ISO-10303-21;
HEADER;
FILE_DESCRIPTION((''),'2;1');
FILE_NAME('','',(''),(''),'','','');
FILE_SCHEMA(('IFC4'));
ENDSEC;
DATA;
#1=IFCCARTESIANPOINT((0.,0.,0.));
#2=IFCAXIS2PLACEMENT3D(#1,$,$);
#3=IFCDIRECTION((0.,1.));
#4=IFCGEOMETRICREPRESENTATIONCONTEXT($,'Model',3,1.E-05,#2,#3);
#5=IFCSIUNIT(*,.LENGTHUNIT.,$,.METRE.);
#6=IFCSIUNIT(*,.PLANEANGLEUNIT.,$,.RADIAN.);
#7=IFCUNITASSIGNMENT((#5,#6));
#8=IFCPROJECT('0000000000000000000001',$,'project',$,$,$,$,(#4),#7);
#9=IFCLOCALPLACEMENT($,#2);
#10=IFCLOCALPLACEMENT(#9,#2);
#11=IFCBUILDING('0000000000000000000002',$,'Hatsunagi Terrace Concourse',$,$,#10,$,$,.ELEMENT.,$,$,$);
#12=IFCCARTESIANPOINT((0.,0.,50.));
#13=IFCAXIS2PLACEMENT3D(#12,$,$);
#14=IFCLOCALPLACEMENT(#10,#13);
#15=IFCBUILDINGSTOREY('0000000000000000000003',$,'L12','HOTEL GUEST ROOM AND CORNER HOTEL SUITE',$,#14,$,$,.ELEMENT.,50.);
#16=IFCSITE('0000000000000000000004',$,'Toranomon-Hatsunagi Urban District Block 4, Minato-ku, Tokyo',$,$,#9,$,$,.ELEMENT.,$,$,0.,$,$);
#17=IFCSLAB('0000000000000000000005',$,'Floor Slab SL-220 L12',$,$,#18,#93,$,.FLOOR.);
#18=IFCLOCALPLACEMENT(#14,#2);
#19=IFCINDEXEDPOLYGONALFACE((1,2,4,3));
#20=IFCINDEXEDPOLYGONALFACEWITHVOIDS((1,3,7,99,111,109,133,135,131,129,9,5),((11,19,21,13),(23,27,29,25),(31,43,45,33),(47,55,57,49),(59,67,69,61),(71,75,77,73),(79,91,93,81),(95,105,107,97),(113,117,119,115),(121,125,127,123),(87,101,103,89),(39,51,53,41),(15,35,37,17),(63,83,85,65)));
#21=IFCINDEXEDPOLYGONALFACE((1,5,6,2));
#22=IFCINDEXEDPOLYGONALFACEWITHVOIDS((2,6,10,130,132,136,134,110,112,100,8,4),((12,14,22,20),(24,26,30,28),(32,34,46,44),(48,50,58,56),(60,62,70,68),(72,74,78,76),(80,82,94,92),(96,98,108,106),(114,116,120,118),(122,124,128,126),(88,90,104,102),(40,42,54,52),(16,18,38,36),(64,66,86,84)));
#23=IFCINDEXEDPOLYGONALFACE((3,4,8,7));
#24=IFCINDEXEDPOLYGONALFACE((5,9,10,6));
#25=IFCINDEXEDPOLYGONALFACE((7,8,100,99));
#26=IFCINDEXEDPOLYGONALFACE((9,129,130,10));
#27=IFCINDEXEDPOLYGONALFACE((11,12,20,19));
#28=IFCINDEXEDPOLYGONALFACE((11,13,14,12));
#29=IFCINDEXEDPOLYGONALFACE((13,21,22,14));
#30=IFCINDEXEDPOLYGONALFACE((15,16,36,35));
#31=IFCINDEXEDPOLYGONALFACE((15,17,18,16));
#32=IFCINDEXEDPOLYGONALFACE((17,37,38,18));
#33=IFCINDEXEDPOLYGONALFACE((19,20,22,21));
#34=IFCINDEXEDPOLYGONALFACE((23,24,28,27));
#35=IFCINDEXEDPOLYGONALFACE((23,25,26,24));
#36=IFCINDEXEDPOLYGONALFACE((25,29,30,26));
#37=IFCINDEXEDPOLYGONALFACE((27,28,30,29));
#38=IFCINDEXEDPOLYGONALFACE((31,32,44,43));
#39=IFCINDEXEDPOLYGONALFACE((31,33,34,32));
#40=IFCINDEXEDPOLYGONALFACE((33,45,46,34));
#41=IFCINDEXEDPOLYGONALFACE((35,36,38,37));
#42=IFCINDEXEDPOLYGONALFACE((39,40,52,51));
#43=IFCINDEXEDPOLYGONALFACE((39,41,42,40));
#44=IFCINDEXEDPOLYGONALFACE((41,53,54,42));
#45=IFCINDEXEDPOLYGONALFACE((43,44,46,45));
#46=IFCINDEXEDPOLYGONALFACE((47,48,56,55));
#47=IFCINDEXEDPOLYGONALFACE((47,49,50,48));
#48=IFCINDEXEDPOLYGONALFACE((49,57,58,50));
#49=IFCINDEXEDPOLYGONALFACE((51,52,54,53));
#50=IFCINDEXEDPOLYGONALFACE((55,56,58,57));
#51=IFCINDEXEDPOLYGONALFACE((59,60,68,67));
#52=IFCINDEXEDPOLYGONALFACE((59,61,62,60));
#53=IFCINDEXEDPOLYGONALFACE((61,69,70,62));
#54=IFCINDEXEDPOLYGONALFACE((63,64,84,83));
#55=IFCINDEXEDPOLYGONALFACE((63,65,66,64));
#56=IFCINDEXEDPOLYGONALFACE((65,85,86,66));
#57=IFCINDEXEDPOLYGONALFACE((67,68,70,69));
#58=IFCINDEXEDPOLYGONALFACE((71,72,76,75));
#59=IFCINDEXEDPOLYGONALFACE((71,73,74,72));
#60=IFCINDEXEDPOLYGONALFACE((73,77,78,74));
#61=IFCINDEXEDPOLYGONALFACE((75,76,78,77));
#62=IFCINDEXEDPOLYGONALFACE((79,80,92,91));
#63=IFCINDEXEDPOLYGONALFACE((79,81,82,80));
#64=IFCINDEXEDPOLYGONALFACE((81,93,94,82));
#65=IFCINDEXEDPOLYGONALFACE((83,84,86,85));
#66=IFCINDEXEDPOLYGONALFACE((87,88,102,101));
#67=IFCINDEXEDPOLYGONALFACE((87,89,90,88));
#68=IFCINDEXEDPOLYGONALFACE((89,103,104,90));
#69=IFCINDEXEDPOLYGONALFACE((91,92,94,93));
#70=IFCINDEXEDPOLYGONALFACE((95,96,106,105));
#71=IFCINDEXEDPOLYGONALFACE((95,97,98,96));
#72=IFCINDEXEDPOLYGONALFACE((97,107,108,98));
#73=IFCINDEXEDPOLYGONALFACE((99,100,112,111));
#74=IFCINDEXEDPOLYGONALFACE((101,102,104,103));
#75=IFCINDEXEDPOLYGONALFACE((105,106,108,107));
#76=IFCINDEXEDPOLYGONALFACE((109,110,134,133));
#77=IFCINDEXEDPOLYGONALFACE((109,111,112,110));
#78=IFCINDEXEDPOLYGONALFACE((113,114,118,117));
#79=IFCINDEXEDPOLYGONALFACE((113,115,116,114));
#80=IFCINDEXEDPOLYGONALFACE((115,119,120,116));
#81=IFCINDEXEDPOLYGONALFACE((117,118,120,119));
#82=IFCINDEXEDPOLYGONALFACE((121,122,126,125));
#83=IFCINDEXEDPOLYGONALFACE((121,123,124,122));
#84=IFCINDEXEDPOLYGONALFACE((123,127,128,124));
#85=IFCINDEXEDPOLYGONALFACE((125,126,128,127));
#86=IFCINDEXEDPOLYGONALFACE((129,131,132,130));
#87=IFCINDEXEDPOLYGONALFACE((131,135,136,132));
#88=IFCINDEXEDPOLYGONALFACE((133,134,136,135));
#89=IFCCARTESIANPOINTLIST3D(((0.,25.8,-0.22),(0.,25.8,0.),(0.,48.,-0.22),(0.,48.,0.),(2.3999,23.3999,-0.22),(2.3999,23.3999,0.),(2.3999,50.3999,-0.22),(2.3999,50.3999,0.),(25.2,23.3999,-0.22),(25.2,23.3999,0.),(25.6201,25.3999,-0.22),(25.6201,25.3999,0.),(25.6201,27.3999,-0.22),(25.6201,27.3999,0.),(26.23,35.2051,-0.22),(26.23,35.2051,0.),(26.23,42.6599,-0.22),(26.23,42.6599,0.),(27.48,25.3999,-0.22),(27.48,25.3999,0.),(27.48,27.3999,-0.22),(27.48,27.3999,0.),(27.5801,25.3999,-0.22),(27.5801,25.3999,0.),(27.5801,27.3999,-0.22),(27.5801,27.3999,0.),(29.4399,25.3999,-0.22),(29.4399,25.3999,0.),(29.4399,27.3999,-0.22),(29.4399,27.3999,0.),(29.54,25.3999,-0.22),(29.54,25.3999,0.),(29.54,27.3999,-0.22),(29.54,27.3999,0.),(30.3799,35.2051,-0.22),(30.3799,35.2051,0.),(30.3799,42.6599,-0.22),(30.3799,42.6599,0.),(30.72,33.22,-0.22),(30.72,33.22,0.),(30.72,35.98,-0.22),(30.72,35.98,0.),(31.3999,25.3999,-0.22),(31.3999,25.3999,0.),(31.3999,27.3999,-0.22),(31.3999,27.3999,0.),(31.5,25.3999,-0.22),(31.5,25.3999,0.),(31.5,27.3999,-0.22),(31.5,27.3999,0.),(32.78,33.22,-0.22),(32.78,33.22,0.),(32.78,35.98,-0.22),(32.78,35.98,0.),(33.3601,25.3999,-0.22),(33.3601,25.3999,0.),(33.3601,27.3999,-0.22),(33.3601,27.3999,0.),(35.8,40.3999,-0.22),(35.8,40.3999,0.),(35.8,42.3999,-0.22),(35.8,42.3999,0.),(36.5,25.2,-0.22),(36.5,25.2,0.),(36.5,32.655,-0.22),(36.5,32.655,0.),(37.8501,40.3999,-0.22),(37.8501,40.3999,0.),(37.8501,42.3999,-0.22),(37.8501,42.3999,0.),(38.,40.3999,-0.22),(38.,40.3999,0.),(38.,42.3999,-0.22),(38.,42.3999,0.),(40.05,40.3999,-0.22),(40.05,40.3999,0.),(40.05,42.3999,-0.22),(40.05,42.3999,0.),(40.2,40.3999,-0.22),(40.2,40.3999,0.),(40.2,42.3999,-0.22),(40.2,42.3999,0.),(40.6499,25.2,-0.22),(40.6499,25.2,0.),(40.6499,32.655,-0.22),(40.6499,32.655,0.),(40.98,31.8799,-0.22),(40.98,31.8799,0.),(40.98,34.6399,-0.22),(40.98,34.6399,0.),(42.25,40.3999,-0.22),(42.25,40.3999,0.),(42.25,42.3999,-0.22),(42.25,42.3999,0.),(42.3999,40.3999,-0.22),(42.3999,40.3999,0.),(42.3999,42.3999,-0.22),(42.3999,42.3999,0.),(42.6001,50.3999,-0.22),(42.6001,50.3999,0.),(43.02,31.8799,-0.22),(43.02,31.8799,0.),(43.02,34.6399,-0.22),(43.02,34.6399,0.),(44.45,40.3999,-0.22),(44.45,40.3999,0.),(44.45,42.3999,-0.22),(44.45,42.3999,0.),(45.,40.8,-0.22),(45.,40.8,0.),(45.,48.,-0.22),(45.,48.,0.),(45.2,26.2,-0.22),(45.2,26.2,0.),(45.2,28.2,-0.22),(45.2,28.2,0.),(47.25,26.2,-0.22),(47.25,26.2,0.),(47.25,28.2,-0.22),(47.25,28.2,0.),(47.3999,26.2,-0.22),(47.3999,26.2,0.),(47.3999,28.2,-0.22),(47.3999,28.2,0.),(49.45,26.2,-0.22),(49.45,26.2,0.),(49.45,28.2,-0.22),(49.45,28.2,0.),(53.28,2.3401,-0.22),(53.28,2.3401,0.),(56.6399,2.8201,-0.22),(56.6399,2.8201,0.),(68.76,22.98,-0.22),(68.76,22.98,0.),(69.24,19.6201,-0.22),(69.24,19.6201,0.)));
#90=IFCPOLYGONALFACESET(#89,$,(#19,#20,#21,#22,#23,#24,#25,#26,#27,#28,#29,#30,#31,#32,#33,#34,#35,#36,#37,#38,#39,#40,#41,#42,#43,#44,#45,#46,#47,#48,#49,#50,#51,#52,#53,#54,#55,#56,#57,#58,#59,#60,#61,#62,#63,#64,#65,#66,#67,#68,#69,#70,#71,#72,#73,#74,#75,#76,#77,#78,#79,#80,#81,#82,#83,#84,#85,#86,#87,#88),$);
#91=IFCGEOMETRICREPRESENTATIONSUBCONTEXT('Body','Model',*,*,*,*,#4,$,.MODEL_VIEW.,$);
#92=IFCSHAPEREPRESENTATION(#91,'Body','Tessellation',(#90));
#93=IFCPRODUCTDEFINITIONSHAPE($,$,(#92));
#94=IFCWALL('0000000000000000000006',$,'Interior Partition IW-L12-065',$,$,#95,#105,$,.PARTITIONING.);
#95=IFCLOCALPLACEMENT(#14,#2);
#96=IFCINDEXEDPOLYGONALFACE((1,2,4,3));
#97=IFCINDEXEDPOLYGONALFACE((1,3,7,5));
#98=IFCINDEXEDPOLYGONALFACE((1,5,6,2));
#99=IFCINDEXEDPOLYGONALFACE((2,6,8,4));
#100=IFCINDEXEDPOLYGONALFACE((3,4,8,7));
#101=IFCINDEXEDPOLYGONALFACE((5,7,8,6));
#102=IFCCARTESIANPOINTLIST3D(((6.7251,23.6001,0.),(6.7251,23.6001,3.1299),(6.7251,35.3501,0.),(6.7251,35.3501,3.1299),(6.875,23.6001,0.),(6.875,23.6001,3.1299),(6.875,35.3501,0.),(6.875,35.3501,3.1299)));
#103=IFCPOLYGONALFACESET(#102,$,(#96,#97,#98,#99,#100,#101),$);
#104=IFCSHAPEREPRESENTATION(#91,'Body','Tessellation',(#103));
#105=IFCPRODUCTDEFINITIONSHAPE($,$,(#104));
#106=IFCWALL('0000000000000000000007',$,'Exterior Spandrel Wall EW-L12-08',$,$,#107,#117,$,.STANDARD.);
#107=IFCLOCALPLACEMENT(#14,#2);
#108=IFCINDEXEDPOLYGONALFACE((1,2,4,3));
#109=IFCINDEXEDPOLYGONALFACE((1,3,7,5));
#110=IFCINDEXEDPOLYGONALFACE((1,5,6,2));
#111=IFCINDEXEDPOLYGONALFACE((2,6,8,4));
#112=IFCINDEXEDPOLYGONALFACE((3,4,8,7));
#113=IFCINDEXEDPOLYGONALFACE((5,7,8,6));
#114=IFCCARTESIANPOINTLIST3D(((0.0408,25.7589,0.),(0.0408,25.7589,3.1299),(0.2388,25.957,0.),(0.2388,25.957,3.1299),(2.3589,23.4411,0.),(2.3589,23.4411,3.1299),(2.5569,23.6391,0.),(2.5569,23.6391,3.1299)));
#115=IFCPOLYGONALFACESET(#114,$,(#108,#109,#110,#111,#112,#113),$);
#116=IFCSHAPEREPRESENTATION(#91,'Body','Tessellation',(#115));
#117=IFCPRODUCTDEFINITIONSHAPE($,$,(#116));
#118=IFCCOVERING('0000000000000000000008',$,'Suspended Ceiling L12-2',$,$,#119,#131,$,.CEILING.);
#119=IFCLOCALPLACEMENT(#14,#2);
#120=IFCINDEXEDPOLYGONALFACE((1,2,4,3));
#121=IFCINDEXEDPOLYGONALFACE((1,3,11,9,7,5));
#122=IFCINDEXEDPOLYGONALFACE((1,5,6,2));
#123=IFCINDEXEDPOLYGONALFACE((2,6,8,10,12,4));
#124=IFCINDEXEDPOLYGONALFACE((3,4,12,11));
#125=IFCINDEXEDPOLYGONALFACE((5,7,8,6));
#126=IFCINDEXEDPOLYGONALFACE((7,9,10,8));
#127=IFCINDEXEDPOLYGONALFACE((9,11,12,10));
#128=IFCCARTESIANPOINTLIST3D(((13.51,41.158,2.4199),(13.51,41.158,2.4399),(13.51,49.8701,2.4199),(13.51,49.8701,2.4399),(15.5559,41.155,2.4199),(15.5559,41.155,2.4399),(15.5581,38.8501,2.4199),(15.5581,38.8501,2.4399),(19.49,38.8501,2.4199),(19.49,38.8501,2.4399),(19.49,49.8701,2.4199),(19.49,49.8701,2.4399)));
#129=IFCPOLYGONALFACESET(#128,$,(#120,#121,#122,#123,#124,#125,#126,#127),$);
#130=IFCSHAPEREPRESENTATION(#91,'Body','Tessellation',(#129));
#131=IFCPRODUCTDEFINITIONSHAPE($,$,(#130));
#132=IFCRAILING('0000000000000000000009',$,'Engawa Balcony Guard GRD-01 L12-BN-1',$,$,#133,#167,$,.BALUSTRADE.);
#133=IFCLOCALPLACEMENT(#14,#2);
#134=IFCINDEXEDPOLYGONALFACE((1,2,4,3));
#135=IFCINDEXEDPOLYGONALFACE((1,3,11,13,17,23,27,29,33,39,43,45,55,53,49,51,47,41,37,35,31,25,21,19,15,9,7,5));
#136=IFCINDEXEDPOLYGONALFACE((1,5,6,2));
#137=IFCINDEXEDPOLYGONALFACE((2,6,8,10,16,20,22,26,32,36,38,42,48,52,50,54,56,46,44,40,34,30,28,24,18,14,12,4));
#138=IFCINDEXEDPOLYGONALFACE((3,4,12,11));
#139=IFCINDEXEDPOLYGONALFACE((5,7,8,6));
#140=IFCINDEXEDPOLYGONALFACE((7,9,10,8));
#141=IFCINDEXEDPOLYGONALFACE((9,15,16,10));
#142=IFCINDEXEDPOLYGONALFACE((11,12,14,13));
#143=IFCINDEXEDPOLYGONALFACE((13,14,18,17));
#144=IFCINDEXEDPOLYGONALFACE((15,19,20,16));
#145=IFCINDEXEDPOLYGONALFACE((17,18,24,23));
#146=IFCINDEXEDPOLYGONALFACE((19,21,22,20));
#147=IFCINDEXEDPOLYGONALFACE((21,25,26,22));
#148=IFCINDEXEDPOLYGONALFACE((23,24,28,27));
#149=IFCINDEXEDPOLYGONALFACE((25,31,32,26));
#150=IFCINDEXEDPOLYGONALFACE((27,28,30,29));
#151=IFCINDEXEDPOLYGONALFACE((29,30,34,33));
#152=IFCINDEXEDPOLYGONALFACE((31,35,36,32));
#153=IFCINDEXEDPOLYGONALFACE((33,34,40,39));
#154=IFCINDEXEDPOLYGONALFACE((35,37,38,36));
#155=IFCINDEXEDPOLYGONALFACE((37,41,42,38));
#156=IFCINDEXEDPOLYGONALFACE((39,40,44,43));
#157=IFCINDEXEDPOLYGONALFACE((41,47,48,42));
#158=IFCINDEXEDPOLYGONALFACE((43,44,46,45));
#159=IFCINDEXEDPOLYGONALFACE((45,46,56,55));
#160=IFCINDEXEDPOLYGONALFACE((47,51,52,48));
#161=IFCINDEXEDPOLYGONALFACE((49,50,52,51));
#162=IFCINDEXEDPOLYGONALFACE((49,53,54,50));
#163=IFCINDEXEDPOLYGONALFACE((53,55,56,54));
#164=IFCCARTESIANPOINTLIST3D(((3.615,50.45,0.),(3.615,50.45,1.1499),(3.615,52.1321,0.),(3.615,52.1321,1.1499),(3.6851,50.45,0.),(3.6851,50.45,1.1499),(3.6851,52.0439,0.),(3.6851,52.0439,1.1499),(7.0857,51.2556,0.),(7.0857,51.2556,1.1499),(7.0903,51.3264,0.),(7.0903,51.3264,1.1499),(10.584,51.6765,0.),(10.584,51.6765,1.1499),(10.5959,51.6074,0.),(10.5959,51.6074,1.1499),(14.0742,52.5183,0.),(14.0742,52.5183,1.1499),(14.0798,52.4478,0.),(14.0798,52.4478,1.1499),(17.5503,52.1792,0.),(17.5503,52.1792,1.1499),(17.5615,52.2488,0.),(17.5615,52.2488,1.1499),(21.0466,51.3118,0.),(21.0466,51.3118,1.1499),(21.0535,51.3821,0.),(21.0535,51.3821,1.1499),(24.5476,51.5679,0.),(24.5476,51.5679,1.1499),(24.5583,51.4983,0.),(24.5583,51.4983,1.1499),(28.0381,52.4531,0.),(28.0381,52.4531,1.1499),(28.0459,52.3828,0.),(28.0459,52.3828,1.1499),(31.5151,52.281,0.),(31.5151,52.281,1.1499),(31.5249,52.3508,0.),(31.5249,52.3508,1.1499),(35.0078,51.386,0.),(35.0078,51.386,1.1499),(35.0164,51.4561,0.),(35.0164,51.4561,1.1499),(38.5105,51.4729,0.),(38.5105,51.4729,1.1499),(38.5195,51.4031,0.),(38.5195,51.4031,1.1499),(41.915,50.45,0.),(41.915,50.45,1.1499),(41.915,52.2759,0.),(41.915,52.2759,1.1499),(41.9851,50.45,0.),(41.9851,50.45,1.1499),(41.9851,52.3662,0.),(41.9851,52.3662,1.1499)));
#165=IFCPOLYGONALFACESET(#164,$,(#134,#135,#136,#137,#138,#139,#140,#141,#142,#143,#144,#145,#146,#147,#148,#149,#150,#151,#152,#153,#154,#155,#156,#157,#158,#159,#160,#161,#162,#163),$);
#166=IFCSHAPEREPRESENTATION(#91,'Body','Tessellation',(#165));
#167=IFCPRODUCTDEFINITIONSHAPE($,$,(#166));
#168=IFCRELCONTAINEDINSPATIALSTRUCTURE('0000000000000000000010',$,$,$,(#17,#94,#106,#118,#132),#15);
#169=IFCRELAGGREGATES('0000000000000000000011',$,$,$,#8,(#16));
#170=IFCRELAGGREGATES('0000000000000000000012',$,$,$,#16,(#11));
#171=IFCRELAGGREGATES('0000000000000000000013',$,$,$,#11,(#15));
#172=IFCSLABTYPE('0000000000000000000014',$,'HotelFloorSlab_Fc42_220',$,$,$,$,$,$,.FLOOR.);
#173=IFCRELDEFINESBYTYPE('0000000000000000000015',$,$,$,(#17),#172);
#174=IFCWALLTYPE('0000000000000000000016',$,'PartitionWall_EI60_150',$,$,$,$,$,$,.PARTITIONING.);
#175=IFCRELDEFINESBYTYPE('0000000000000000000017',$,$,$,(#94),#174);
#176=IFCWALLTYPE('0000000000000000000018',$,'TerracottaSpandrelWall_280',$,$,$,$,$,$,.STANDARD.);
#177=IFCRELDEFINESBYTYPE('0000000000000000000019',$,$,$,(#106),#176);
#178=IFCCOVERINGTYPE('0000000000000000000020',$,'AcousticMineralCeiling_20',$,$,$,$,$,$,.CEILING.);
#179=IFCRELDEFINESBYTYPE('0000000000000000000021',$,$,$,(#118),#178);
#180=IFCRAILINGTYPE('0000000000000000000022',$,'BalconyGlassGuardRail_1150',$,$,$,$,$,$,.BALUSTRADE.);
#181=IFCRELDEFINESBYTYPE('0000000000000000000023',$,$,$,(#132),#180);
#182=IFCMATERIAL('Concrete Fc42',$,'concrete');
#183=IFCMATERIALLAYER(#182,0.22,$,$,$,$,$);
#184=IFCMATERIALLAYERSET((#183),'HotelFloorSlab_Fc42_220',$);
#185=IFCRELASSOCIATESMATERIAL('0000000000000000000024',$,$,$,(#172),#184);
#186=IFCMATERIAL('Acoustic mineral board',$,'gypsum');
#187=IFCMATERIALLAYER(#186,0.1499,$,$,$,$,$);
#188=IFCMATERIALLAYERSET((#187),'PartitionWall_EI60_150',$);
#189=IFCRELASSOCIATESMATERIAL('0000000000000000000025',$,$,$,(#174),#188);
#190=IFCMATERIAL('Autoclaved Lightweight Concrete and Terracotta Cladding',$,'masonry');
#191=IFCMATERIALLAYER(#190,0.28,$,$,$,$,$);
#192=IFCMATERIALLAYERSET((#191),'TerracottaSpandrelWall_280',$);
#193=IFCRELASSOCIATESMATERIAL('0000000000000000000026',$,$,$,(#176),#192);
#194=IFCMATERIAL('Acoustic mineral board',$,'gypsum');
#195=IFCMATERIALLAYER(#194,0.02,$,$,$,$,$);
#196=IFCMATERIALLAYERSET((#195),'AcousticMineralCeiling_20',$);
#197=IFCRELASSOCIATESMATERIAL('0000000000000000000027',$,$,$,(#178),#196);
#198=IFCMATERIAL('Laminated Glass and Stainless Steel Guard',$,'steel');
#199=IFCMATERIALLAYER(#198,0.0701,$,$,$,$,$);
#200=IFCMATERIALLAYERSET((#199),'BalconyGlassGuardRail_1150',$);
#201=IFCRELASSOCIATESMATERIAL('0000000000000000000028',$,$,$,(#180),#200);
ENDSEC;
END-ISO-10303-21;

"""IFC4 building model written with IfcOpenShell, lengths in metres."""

from ifc_helpers import new_model, si_unit, direction, frame, frame_2d, origin, place, context, subcontext, project, spatial, polyline, rectangle, outline, extrude, material, layer, layer_set, type_object, element, save


model = new_model("IFC4")

# Units and contexts
model_context = context("Model", 3, precision=1e-05, world=origin(), true_north=direction((0.0, 1.0)))
body_context = subcontext(model_context, "Body", "Model", "MODEL_VIEW")
ifc_project = project(units=[si_unit("LENGTHUNIT", "METRE"), si_unit("PLANEANGLEUNIT", "RADIAN")], contexts=[model_context])

# Site, building, storey
site_placement = place(None, origin())
site = spatial("IfcSite", under=ifc_project, at=site_placement, Name="Toranomon-Hatsunagi Urban District Block 4, Minato-ku, Tokyo", CompositionType="ELEMENT", RefElevation=0.0)
building_placement = place(site_placement, origin())
building = spatial("IfcBuilding", under=site, at=building_placement, Name="Hatsunagi Terrace Concourse", CompositionType="ELEMENT")
storey_placement = place(building_placement, frame((0.0, 0.0, 50.0)))
storey = spatial("IfcBuildingStorey", under=building, at=storey_placement, Name="L12", Description="HOTEL GUEST ROOM AND CORNER HOTEL SUITE", CompositionType="ELEMENT", Elevation=50.0)

# Slab
ifc_material_1 = material(Name="Concrete Fc42", Category="concrete")
ifc_layer_1 = layer(ifc_material_1, 0.22)
ifc_layer_set_1 = layer_set([ifc_layer_1], Name="HotelFloorSlab_Fc42_220")
slab_type_1 = type_object("IfcSlabType", Name="HotelFloorSlab_Fc42_220", PredefinedType="FLOOR", material=ifc_layer_set_1)
slab_1_placement = place(storey_placement, frame((0.0, 0.0, -0.22)))
element("IfcSlab", 1, at=slab_1_placement, inside=storey, type_object=slab_type_1, Name="Floor Slab SL-220 L12", PredefinedType="FLOOR", context=body_context, shape_type="SweptSolid", body=[
    extrude(outline(polyline([(45.0, 40.8), (45.0, 48.0), (42.6001, 50.3999), (2.3999, 50.3999), (0.0, 48.0), (0.0, 25.8), (2.3999, 23.3999), (25.2, 23.3999), (53.28, 2.3401), (56.6399, 2.8201), (69.24, 19.6201), (68.76, 22.98), (45.0, 40.8)]), holes=[polyline([(26.23, 35.2051), (30.3799, 35.2051), (30.3799, 42.6599), (26.23, 42.6599), (26.23, 35.2051)]), polyline([(36.5, 25.2), (40.6499, 25.2), (40.6499, 32.655), (36.5, 32.655), (36.5, 25.2)]), polyline([(30.72, 33.22), (32.78, 33.22), (32.78, 35.98), (30.72, 35.98), (30.72, 33.22)]), polyline([(40.98, 31.8799), (43.02, 31.8799), (43.02, 34.6399), (40.98, 34.6399), (40.98, 31.8799)]), polyline([(25.6201, 25.3999), (27.48, 25.3999), (27.48, 27.3999), (25.6201, 27.3999), (25.6201, 25.3999)]), polyline([(27.5801, 25.3999), (29.4399, 25.3999), (29.4399, 27.3999), (27.5801, 27.3999), (27.5801, 25.3999)]), polyline([(29.54, 25.3999), (31.3999, 25.3999), (31.3999, 27.3999), (29.54, 27.3999), (29.54, 25.3999)]), polyline([(31.5, 25.3999), (33.3601, 25.3999), (33.3601, 27.3999), (31.5, 27.3999), (31.5, 25.3999)]), polyline([(35.8, 40.3999), (37.8501, 40.3999), (37.8501, 42.3999), (35.8, 42.3999), (35.8, 40.3999)]), polyline([(38.0, 40.3999), (40.05, 40.3999), (40.05, 42.3999), (38.0, 42.3999), (38.0, 40.3999)]), polyline([(40.2, 40.3999), (42.25, 40.3999), (42.25, 42.3999), (40.2, 42.3999), (40.2, 40.3999)]), polyline([(42.3999, 40.3999), (44.45, 40.3999), (44.45, 42.3999), (42.3999, 42.3999), (42.3999, 40.3999)]), polyline([(45.2, 26.2), (47.25, 26.2), (47.25, 28.2), (45.2, 28.2), (45.2, 26.2)]), polyline([(47.3999, 26.2), (49.45, 26.2), (49.45, 28.2), (47.3999, 28.2), (47.3999, 26.2)])]), origin(), (0.0, 0.0, 1.0), 0.22),
])

# Walls
ifc_material_2 = material(Name="Acoustic mineral board", Category="gypsum")
ifc_layer_2 = layer(ifc_material_2, 0.1499)
ifc_layer_set_2 = layer_set([ifc_layer_2], Name="PartitionWall_EI60_150")
wall_type_1 = type_object("IfcWallType", Name="PartitionWall_EI60_150", PredefinedType="PARTITIONING", material=ifc_layer_set_2)
wall_1_placement = place(storey_placement, frame((6.8, 23.6001, 0.0), z_axis=(0.0, 0.0, 1.0), x_axis=(0.0, 1.0, 0.0)))
element("IfcWall", 2, at=wall_1_placement, inside=storey, type_object=wall_type_1, Name="Interior Partition IW-L12-065", PredefinedType="PARTITIONING", context=body_context, shape_type="SweptSolid", body=[
    extrude(rectangle(XDim=11.75, YDim=0.1499, at=frame_2d((5.875, 0.0))), origin(), (0.0, 0.0, 1.0), 3.1299),
])
ifc_material_3 = material(Name="Autoclaved Lightweight Concrete and Terracotta Cladding", Category="masonry")
ifc_layer_3 = layer(ifc_material_3, 0.28)
ifc_layer_set_3 = layer_set([ifc_layer_3], Name="TerracottaSpandrelWall_280")
wall_type_2 = type_object("IfcWallType", Name="TerracottaSpandrelWall_280", PredefinedType="STANDARD", material=ifc_layer_set_3)
wall_2_placement = place(storey_placement, frame((2.458, 23.54, 0.0), z_axis=(0.0, 0.0, 1.0), x_axis=(-0.707144, 0.70707, 0.0)))
element("IfcWall", 3, at=wall_2_placement, inside=storey, type_object=wall_type_2, Name="Exterior Spandrel Wall EW-L12-08", PredefinedType="STANDARD", context=body_context, shape_type="SweptSolid", body=[
    extrude(rectangle(XDim=3.2781, YDim=0.28, at=frame_2d((1.6392, 0.0))), origin(), (0.0, 0.0, 1.0), 3.1299),
])

# Covering
ifc_material_4 = material(Name="Acoustic mineral board", Category="gypsum")
ifc_layer_4 = layer(ifc_material_4, 0.02)
ifc_layer_set_4 = layer_set([ifc_layer_4], Name="AcousticMineralCeiling_20")
covering_type_1 = type_object("IfcCoveringType", Name="AcousticMineralCeiling_20", PredefinedType="CEILING", material=ifc_layer_set_4)
covering_1_placement = place(storey_placement, frame((0.0, 0.0, 2.4199)))
element("IfcCovering", 4, at=covering_1_placement, inside=storey, type_object=covering_type_1, Name="Suspended Ceiling L12-2", PredefinedType="CEILING", context=body_context, shape_type="SweptSolid", body=[
    extrude(outline(polyline([(13.51, 49.8701), (13.51, 41.158), (15.5559, 41.155), (15.5581, 38.8501), (19.49, 38.8501), (19.49, 49.8701), (13.51, 49.8701)])), origin(), (0.0, 0.0, 1.0), 0.02),
])

# Railing
ifc_material_5 = material(Name="Laminated Glass and Stainless Steel Guard", Category="steel")
ifc_layer_5 = layer(ifc_material_5, 0.0701)
ifc_layer_set_5 = layer_set([ifc_layer_5], Name="BalconyGlassGuardRail_1150")
railing_type = type_object("IfcRailingType", Name="BalconyGlassGuardRail_1150", PredefinedType="BALUSTRADE", material=ifc_layer_set_5)
railing_1_placement = place(storey_placement, origin())
element("IfcRailing", 5, at=railing_1_placement, inside=storey, type_object=railing_type, Name="Engawa Balcony Guard GRD-01 L12-BN-1", PredefinedType="BALUSTRADE", context=body_context, shape_type="SweptSolid", body=[
    extrude(outline(polyline([(3.615, 50.45), (3.6851, 50.45), (3.6851, 52.0439), (7.0857, 51.2556), (10.5959, 51.6074), (14.0798, 52.4478), (17.5503, 52.1792), (21.0466, 51.3118), (24.5583, 51.4983), (28.0459, 52.3828), (31.5151, 52.281), (35.0078, 51.386), (38.5195, 51.4031), (41.915, 52.2759), (41.915, 50.45), (41.9851, 50.45), (41.9851, 52.3662), (38.5105, 51.4729), (35.0164, 51.4561), (31.5249, 52.3508), (28.0381, 52.4531), (24.5476, 51.5679), (21.0535, 51.3821), (17.5615, 52.2488), (14.0742, 52.5183), (10.584, 51.6765), (7.0903, 51.3264), (3.615, 52.1321), (3.615, 50.45)])), origin(), (0.0, 0.0, 1.0), 1.1499),
])

save(model, "model.ifc")
